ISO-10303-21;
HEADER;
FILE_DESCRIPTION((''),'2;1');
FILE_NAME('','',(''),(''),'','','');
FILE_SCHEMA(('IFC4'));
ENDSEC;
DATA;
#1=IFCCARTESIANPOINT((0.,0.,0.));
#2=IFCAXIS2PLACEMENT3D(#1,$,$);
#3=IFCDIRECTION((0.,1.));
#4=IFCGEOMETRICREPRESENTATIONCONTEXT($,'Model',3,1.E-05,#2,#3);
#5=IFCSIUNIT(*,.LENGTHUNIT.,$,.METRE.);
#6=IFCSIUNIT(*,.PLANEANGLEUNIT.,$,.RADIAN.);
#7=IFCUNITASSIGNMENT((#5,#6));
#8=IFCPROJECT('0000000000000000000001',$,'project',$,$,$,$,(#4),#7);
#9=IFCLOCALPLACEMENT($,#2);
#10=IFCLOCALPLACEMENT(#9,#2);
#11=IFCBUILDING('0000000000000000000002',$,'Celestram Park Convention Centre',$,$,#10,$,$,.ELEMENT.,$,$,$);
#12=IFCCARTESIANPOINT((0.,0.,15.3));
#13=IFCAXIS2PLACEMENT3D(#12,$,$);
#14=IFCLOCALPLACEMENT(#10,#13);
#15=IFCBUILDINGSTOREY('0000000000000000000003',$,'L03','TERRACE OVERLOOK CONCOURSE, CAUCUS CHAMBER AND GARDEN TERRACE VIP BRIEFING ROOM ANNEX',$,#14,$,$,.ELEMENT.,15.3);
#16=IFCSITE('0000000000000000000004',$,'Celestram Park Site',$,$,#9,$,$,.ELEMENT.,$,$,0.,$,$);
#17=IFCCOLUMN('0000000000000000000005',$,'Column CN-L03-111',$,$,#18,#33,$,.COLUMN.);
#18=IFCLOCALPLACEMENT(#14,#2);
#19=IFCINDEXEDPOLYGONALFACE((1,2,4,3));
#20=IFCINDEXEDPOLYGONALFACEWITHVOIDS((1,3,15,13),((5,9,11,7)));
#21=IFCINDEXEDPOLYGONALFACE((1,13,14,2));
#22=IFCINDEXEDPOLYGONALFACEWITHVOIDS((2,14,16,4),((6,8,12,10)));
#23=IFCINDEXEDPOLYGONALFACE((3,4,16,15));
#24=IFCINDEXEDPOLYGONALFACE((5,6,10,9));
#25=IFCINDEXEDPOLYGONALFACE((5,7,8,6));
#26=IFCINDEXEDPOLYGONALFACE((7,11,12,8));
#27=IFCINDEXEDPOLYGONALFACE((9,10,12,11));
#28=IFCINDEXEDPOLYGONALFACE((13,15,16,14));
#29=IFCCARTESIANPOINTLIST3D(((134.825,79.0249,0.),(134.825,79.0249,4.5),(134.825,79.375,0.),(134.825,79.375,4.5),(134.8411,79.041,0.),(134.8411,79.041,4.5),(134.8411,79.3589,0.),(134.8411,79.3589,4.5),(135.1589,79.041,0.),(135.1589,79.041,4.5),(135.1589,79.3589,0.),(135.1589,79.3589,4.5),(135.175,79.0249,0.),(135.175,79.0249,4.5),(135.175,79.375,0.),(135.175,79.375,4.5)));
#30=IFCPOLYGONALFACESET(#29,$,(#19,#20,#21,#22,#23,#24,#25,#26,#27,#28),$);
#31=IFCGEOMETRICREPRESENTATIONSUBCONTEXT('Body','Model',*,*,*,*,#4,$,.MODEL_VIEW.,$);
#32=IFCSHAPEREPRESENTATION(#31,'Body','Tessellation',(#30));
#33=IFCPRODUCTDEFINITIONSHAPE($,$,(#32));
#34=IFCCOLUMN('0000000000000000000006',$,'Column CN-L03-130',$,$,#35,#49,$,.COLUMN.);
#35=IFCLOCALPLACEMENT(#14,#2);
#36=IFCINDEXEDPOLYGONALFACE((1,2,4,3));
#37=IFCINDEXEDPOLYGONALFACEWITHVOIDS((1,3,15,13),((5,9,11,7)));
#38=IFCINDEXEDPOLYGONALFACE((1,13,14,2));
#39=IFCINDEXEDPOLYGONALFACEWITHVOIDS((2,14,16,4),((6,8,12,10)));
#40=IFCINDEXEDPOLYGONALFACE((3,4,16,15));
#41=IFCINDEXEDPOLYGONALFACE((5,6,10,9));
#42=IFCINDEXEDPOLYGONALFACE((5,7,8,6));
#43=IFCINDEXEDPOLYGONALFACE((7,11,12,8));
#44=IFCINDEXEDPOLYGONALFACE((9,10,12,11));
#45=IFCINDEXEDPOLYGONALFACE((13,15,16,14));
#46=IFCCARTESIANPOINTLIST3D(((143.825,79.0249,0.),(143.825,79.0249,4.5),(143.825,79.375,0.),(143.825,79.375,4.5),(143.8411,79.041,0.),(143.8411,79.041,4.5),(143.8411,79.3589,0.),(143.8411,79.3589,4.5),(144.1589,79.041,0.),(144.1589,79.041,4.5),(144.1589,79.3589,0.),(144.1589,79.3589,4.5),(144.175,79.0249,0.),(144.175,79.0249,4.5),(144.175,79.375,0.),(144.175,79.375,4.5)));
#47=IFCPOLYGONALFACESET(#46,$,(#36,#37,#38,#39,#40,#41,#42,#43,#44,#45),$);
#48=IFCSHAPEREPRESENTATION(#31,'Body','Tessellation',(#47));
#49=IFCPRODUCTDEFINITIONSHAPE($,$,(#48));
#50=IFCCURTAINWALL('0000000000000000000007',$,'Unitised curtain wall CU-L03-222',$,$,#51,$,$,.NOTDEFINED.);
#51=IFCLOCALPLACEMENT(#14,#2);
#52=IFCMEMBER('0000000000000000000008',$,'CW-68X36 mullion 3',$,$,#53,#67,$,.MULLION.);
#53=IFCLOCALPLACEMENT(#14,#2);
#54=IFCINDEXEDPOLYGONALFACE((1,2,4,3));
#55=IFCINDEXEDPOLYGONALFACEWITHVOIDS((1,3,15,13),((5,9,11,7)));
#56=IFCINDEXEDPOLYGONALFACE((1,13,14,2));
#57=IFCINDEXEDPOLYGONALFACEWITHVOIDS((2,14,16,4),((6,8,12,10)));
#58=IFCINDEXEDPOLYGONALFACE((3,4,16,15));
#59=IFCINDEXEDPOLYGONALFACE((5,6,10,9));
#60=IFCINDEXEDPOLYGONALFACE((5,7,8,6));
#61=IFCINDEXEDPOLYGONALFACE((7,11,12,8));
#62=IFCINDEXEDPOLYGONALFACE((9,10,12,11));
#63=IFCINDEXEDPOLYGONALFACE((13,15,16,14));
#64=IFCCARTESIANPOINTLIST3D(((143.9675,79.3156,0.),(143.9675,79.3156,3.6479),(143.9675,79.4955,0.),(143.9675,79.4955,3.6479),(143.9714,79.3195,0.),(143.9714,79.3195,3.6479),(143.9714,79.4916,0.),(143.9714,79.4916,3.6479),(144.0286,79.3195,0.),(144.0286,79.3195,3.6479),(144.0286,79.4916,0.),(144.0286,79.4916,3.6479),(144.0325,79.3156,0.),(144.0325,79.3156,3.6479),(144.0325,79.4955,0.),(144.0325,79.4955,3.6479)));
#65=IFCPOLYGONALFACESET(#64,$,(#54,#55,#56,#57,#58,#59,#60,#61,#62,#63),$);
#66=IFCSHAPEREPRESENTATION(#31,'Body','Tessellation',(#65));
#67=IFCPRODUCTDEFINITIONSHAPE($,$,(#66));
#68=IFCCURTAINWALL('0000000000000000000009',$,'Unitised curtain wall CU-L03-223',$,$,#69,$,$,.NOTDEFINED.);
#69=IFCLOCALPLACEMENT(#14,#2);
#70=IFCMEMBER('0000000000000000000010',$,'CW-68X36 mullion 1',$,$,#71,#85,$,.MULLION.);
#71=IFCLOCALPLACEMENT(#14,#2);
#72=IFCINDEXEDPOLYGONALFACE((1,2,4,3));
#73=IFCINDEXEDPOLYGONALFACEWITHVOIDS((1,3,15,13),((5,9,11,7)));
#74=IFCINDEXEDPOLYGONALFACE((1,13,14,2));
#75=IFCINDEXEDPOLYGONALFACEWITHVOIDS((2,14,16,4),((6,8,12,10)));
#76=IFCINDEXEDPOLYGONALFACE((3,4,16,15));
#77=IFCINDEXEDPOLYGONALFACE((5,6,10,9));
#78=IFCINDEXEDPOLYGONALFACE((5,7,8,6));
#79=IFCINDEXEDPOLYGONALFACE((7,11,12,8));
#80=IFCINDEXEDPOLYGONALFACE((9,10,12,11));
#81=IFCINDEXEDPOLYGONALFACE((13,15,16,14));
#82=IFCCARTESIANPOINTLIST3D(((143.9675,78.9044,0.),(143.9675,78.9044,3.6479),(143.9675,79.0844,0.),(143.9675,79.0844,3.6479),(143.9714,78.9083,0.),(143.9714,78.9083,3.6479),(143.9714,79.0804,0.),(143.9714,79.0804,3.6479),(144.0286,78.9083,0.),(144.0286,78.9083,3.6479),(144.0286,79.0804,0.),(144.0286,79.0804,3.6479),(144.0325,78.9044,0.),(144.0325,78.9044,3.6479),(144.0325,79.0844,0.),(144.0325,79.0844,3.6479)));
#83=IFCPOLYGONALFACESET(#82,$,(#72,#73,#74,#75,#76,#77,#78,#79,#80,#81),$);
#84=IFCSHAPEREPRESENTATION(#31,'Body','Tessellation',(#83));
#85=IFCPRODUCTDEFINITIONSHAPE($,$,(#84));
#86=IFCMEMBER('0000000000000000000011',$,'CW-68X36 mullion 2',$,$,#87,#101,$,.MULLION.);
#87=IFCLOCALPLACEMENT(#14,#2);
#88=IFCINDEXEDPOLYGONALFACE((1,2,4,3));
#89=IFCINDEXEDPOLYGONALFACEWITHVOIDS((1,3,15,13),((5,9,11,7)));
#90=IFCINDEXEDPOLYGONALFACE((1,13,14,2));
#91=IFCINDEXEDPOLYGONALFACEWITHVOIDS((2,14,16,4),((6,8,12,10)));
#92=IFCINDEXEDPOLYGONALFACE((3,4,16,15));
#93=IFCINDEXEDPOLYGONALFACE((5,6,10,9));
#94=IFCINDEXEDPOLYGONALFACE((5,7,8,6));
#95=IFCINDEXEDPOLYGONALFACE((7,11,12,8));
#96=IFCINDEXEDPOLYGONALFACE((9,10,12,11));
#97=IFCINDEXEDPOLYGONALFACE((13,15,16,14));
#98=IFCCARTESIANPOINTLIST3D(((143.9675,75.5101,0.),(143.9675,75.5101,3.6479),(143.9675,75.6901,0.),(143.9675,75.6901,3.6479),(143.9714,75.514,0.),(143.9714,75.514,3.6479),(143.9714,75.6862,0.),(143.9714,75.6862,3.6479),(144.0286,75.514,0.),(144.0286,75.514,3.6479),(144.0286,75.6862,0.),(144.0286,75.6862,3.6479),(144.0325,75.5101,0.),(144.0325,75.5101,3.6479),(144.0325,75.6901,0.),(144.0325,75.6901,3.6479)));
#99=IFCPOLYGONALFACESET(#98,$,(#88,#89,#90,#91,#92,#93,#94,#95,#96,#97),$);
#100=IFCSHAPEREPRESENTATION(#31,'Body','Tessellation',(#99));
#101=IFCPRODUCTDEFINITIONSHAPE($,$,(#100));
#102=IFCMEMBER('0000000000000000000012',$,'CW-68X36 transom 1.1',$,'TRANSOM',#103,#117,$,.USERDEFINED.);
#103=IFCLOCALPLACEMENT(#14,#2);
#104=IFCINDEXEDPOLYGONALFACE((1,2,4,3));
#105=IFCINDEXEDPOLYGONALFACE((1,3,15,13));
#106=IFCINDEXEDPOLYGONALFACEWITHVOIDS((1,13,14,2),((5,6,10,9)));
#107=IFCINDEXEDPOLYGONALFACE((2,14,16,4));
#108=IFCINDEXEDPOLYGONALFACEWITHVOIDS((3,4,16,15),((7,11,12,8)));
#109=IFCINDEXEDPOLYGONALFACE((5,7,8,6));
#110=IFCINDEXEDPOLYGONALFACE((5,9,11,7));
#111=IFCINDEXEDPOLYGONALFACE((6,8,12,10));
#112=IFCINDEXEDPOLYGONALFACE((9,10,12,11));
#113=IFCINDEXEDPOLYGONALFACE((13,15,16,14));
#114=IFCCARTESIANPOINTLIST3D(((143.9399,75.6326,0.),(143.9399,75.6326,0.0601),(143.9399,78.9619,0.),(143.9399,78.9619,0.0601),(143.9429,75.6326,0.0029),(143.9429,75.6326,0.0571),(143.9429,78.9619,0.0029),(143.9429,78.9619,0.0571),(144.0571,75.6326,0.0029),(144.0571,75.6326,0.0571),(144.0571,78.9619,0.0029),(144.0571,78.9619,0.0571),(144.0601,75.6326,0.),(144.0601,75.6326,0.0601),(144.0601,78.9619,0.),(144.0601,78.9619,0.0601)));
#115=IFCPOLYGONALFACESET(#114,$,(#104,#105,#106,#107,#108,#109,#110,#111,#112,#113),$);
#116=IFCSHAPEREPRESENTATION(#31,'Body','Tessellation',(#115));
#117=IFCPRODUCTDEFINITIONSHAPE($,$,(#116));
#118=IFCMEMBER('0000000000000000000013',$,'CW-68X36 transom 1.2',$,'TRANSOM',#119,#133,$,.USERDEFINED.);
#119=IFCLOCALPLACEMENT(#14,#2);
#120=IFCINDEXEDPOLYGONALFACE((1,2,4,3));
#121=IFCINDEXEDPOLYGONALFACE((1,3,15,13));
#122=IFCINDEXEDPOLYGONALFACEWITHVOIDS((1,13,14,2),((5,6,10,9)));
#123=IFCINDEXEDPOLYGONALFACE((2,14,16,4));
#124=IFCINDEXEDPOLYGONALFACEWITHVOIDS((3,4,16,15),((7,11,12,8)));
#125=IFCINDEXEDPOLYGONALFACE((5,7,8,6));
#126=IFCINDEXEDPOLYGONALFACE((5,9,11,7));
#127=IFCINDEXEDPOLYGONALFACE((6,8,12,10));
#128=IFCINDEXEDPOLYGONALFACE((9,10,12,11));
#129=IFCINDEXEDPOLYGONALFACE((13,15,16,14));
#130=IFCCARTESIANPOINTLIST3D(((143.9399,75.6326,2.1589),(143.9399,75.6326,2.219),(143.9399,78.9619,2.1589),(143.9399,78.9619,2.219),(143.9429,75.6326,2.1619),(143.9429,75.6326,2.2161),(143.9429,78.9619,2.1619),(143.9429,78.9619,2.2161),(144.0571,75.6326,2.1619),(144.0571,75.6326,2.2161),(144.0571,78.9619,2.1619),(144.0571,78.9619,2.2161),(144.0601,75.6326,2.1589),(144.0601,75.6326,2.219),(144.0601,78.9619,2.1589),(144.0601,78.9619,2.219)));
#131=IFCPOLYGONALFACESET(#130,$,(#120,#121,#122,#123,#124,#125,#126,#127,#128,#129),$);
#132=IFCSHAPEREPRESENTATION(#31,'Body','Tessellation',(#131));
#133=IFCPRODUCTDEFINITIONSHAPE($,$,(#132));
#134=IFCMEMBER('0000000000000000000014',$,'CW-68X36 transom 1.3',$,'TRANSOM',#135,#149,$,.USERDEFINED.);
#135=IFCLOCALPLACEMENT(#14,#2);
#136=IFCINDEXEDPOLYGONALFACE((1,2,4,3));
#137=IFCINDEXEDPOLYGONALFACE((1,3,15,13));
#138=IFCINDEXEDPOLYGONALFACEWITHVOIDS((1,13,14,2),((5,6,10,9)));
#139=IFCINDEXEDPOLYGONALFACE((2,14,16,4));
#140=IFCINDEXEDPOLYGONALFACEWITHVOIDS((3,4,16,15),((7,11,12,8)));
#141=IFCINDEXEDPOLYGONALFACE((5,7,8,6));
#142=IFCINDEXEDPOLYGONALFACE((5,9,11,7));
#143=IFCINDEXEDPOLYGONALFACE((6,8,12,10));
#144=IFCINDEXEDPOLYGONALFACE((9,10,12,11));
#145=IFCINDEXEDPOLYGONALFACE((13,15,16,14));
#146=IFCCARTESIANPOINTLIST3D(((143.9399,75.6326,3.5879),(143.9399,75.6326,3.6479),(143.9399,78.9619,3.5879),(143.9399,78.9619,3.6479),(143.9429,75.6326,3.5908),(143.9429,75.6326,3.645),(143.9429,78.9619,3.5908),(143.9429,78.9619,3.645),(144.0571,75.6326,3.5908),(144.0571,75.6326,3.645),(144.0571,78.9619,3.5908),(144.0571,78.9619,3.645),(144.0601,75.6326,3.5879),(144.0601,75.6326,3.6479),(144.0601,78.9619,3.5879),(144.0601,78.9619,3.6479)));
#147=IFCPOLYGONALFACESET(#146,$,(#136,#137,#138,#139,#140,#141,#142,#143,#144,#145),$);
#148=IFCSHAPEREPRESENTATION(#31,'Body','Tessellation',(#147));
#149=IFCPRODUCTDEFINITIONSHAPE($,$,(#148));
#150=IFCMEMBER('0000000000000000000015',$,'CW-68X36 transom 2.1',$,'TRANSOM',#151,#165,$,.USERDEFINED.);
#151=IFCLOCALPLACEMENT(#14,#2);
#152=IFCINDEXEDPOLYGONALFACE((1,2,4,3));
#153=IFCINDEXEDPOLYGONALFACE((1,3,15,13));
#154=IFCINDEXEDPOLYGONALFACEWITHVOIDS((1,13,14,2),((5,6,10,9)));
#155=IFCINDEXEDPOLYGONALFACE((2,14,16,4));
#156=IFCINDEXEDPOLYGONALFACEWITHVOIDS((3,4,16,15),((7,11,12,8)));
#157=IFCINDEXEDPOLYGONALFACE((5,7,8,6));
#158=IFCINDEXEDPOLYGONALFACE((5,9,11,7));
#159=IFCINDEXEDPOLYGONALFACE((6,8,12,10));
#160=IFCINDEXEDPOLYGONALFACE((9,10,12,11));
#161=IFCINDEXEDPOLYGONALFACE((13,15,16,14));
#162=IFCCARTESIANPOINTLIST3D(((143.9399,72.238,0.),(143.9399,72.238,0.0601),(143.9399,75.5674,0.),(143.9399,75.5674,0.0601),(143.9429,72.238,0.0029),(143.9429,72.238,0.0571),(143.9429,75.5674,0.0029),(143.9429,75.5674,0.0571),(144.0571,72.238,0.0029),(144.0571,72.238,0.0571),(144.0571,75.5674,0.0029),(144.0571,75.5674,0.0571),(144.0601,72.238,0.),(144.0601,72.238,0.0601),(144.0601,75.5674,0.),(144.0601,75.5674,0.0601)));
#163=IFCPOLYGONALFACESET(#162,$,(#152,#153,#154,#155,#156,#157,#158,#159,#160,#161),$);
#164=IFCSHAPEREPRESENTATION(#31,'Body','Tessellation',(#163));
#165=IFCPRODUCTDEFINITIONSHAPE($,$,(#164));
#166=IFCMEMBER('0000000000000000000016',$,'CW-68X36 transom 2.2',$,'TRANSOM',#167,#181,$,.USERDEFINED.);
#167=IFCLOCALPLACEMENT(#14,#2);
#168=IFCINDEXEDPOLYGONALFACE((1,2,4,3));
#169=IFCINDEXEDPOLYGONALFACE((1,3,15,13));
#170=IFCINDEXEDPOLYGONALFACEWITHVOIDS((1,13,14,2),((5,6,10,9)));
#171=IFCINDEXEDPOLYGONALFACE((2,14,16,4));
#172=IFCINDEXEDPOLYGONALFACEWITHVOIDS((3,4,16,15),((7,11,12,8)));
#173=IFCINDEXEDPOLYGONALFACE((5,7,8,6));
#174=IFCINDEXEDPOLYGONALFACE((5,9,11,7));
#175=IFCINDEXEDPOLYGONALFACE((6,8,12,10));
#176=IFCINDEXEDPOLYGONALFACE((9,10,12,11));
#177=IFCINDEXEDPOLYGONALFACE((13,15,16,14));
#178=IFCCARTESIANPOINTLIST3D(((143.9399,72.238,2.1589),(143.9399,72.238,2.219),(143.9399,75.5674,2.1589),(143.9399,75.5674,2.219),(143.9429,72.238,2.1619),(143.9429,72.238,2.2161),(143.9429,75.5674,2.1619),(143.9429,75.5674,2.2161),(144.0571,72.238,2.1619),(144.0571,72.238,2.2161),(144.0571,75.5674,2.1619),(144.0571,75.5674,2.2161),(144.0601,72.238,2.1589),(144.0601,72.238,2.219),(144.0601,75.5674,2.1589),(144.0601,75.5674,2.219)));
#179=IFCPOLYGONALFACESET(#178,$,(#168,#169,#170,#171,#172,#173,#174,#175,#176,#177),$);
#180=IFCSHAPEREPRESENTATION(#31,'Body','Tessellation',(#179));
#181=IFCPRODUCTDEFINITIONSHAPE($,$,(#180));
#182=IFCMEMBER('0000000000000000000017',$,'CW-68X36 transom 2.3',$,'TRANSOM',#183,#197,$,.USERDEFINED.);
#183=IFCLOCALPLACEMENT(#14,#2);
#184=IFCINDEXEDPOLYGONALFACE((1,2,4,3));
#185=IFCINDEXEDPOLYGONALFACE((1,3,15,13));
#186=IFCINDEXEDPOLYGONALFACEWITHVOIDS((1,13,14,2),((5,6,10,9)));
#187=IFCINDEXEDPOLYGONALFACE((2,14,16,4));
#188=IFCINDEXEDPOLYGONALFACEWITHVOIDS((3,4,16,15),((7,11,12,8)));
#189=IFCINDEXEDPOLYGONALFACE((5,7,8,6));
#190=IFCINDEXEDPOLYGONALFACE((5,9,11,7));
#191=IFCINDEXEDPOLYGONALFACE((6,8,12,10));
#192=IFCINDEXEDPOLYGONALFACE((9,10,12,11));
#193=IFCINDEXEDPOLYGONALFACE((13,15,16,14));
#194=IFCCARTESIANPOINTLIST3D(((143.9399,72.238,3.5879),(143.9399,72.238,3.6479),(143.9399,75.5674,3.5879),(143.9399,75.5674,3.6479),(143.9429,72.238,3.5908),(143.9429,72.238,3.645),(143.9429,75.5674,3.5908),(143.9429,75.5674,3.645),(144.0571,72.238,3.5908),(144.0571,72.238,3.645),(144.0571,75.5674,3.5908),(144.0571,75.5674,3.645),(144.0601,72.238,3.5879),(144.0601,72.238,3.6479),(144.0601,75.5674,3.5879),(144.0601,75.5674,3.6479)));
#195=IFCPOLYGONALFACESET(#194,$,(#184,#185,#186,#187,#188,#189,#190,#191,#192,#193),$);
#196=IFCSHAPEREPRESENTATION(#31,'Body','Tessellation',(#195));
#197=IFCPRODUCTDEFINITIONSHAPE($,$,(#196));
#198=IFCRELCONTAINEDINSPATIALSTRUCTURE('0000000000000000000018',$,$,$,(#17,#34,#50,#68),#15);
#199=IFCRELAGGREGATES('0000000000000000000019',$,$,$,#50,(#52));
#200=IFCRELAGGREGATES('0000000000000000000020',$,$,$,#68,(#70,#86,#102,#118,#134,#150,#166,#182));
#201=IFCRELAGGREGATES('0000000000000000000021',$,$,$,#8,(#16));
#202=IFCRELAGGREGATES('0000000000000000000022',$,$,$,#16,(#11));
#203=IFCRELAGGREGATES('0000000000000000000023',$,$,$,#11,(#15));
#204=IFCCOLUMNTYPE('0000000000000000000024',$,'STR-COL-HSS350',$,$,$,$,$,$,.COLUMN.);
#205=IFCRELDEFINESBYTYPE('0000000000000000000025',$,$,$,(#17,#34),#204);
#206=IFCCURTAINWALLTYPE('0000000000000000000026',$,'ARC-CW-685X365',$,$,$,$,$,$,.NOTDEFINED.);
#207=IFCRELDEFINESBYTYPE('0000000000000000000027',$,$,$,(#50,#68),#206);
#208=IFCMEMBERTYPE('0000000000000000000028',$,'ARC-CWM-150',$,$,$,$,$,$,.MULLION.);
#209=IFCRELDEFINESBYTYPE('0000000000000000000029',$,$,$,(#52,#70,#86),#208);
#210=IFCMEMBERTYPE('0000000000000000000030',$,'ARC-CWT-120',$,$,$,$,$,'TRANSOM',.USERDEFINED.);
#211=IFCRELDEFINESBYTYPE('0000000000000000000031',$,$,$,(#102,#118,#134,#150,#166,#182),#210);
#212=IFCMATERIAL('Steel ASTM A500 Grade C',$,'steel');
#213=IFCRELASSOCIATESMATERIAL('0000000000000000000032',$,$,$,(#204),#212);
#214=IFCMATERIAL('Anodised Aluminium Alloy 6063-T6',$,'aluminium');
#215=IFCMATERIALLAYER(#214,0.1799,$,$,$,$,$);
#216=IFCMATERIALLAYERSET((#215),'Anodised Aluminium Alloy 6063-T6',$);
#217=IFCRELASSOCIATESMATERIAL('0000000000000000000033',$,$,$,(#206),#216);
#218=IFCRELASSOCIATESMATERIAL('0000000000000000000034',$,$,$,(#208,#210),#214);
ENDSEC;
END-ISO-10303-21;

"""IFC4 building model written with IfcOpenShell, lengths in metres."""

from ifc_helpers import new_model, si_unit, direction, frame, origin, origin_2d, place, context, subcontext, project, spatial, hollow_rectangle, extrude, material, layer, layer_set, material_profile, profile_set, type_object, element, aggregate, save


model = new_model("IFC4")

# Units and contexts
model_context = context("Model", 3, precision=1e-05, world=origin(), true_north=direction((0.0, 1.0)))
body_context = subcontext(model_context, "Body", "Model", "MODEL_VIEW")
ifc_project = project(units=[si_unit("LENGTHUNIT", "METRE"), si_unit("PLANEANGLEUNIT", "RADIAN")], contexts=[model_context])

# Site, building, storey
site_placement = place(None, origin())
site = spatial("IfcSite", under=ifc_project, at=site_placement, Name="Celestram Park Site", CompositionType="ELEMENT", RefElevation=0.0)
building_placement = place(site_placement, origin())
building = spatial("IfcBuilding", under=site, at=building_placement, Name="Celestram Park Convention Centre", CompositionType="ELEMENT")
storey_placement = place(building_placement, frame((0.0, 0.0, 15.3)))
storey = spatial("IfcBuildingStorey", under=building, at=storey_placement, Name="L03", Description="TERRACE OVERLOOK CONCOURSE, CAUCUS CHAMBER AND GARDEN TERRACE VIP BRIEFING ROOM ANNEX", CompositionType="ELEMENT", Elevation=15.3)

# Columns
ifc_material_1 = material(Name="Steel ASTM A500 Grade C", Category="steel")
ifc_material_profile_1 = material_profile(ifc_material_1, hollow_rectangle(XDim=0.3501, YDim=0.3501, WallThickness=0.0161, at=origin_2d()), Name="HSS350X350X16")
ifc_profile_set_1 = profile_set([ifc_material_profile_1], Name="Steel ASTM A500 Grade C")
column_type = type_object("IfcColumnType", Name="STR-COL-HSS350", PredefinedType="COLUMN", material=ifc_profile_set_1)
for number, where, z_axis, x_axis, name in (
    (1, (135.0, 79.2, 0.0), (0.0, 0.0, 1.0), (1.0, 0.0, 0.0), "Column CN-L03-111"),
    (2, (144.0, 79.2, 0.0), (0.0, 0.0, 1.0), (1.0, 0.0, 0.0), "Column CN-L03-130"),
):
    element("IfcColumn", number, at=place(storey_placement, frame(where, z_axis=z_axis, x_axis=x_axis)), inside=storey, type_object=column_type, Name=name, PredefinedType="COLUMN", context=body_context, shape_type="SweptSolid", body=[
        extrude(hollow_rectangle(XDim=0.3501, YDim=0.3501, WallThickness=0.0161, at=origin_2d()), origin(), (0.0, 0.0, 1.0), 4.5),
    ])

# Curtain wall, member
ifc_material_2 = material(Name="Anodised Aluminium Alloy 6063-T6", Category="aluminium")
ifc_layer_1 = layer(ifc_material_2, 0.1799)
ifc_layer_set_1 = layer_set([ifc_layer_1], Name="Anodised Aluminium Alloy 6063-T6")
curtain_wall_type = type_object("IfcCurtainWallType", Name="ARC-CW-685X365", PredefinedType="NOTDEFINED", material=ifc_layer_set_1)
curtain_wall_1_placement = place(storey_placement, origin())
curtain_wall_1 = element("IfcCurtainWall", 3, at=curtain_wall_1_placement, inside=storey, type_object=curtain_wall_type, Name="Unitised curtain wall CU-L03-222", PredefinedType="NOTDEFINED")
ifc_material_profile_2 = material_profile(ifc_material_2, hollow_rectangle(XDim=0.0649, YDim=0.1799, WallThickness=0.0039, at=origin_2d()), Name="ALU65X180X4")
ifc_profile_set_2 = profile_set([ifc_material_profile_2], Name="Anodised Aluminium Alloy 6063-T6")
member_type_1 = type_object("IfcMemberType", Name="ARC-CWM-150", PredefinedType="MULLION", material=ifc_profile_set_2)
member_1_placement = place(storey_placement, frame((144.0, 79.4055, 0.0), z_axis=(0.0, 0.0, 1.0), x_axis=(1.0, 0.0, 0.0)))
member_1 = element("IfcMember", 4, at=member_1_placement, type_object=member_type_1, Name="CW-68X36 mullion 3", PredefinedType="MULLION", context=body_context, shape_type="SweptSolid", body=[
    extrude(hollow_rectangle(XDim=0.0649, YDim=0.1799, WallThickness=0.0039, at=origin_2d()), origin(), (0.0, 0.0, 1.0), 3.6479),
])

# Curtain wall, members
curtain_wall_2_placement = place(storey_placement, origin())
curtain_wall_2 = element("IfcCurtainWall", 5, at=curtain_wall_2_placement, inside=storey, type_object=curtain_wall_type, Name="Unitised curtain wall CU-L03-223", PredefinedType="NOTDEFINED")
member_2_placement = place(storey_placement, frame((144.0, 78.9944, 0.0), z_axis=(0.0, 0.0, 1.0), x_axis=(1.0, 0.0, 0.0)))
member_2 = element("IfcMember", 6, at=member_2_placement, type_object=member_type_1, Name="CW-68X36 mullion 1", PredefinedType="MULLION", context=body_context, shape_type="SweptSolid", body=[
    extrude(hollow_rectangle(XDim=0.0649, YDim=0.1799, WallThickness=0.0039, at=origin_2d()), origin(), (0.0, 0.0, 1.0), 3.6479),
])
member_3_placement = place(storey_placement, frame((144.0, 75.6001, 0.0), z_axis=(0.0, 0.0, 1.0), x_axis=(1.0, 0.0, 0.0)))
member_3 = element("IfcMember", 7, at=member_3_placement, type_object=member_type_1, Name="CW-68X36 mullion 2", PredefinedType="MULLION", context=body_context, shape_type="SweptSolid", body=[
    extrude(hollow_rectangle(XDim=0.0649, YDim=0.1799, WallThickness=0.0039, at=origin_2d()), origin(), (0.0, 0.0, 1.0), 3.6479),
])
ifc_material_profile_3 = material_profile(ifc_material_2, hollow_rectangle(XDim=0.1201, YDim=0.0601, WallThickness=0.0029, at=origin_2d()), Name="ALU120X60X3")
ifc_profile_set_3 = profile_set([ifc_material_profile_3], Name="Anodised Aluminium Alloy 6063-T6")
member_type_2 = type_object("IfcMemberType", Name="ARC-CWT-120", ElementType="TRANSOM", PredefinedType="USERDEFINED", material=ifc_profile_set_3)
member_4_placement = place(storey_placement, frame((144.0, 78.9619, 0.03), z_axis=(0.0, -1.0, 0.0), x_axis=(1.0, 0.0, 0.0)))
member_4 = element("IfcMember", 8, at=member_4_placement, type_object=member_type_2, Name="CW-68X36 transom 1.1", ObjectType="TRANSOM", PredefinedType="USERDEFINED", context=body_context, shape_type="SweptSolid", body=[
    extrude(hollow_rectangle(XDim=0.1201, YDim=0.0601, WallThickness=0.0029, at=origin_2d()), origin(), (0.0, 0.0, 1.0), 3.3293),
])
member_5_placement = place(storey_placement, frame((144.0, 78.9619, 2.189), z_axis=(0.0, -1.0, 0.0), x_axis=(1.0, 0.0, 0.0)))
member_5 = element("IfcMember", 9, at=member_5_placement, type_object=member_type_2, Name="CW-68X36 transom 1.2", ObjectType="TRANSOM", PredefinedType="USERDEFINED", context=body_context, shape_type="SweptSolid", body=[
    extrude(hollow_rectangle(XDim=0.1201, YDim=0.0601, WallThickness=0.0029, at=origin_2d()), origin(), (0.0, 0.0, 1.0), 3.3293),
])
member_6_placement = place(storey_placement, frame((144.0, 78.9619, 3.6179), z_axis=(0.0, -1.0, 0.0), x_axis=(1.0, 0.0, 0.0)))
member_6 = element("IfcMember", 10, at=member_6_placement, type_object=member_type_2, Name="CW-68X36 transom 1.3", ObjectType="TRANSOM", PredefinedType="USERDEFINED", context=body_context, shape_type="SweptSolid", body=[
    extrude(hollow_rectangle(XDim=0.1201, YDim=0.0601, WallThickness=0.0029, at=origin_2d()), origin(), (0.0, 0.0, 1.0), 3.3293),
])
member_7_placement = place(storey_placement, frame((144.0, 75.5674, 0.03), z_axis=(0.0, -1.0, 0.0), x_axis=(1.0, 0.0, 0.0)))
member_7 = element("IfcMember", 11, at=member_7_placement, type_object=member_type_2, Name="CW-68X36 transom 2.1", ObjectType="TRANSOM", PredefinedType="USERDEFINED", context=body_context, shape_type="SweptSolid", body=[
    extrude(hollow_rectangle(XDim=0.1201, YDim=0.0601, WallThickness=0.0029, at=origin_2d()), origin(), (0.0, 0.0, 1.0), 3.3293),
])
member_8_placement = place(storey_placement, frame((144.0, 75.5674, 2.189), z_axis=(0.0, -1.0, 0.0), x_axis=(1.0, 0.0, 0.0)))
member_8 = element("IfcMember", 12, at=member_8_placement, type_object=member_type_2, Name="CW-68X36 transom 2.2", ObjectType="TRANSOM", PredefinedType="USERDEFINED", context=body_context, shape_type="SweptSolid", body=[
    extrude(hollow_rectangle(XDim=0.1201, YDim=0.0601, WallThickness=0.0029, at=origin_2d()), origin(), (0.0, 0.0, 1.0), 3.3293),
])
member_9_placement = place(storey_placement, frame((144.0, 75.5674, 3.6179), z_axis=(0.0, -1.0, 0.0), x_axis=(1.0, 0.0, 0.0)))
member_9 = element("IfcMember", 13, at=member_9_placement, type_object=member_type_2, Name="CW-68X36 transom 2.3", ObjectType="TRANSOM", PredefinedType="USERDEFINED", context=body_context, shape_type="SweptSolid", body=[
    extrude(hollow_rectangle(XDim=0.1201, YDim=0.0601, WallThickness=0.0029, at=origin_2d()), origin(), (0.0, 0.0, 1.0), 3.3293),
])

aggregate(curtain_wall_1, [member_1])
aggregate(curtain_wall_2, [member_2, member_3, member_4, member_5, member_6, member_7, member_8, member_9])

save(model, "model.ifc")
